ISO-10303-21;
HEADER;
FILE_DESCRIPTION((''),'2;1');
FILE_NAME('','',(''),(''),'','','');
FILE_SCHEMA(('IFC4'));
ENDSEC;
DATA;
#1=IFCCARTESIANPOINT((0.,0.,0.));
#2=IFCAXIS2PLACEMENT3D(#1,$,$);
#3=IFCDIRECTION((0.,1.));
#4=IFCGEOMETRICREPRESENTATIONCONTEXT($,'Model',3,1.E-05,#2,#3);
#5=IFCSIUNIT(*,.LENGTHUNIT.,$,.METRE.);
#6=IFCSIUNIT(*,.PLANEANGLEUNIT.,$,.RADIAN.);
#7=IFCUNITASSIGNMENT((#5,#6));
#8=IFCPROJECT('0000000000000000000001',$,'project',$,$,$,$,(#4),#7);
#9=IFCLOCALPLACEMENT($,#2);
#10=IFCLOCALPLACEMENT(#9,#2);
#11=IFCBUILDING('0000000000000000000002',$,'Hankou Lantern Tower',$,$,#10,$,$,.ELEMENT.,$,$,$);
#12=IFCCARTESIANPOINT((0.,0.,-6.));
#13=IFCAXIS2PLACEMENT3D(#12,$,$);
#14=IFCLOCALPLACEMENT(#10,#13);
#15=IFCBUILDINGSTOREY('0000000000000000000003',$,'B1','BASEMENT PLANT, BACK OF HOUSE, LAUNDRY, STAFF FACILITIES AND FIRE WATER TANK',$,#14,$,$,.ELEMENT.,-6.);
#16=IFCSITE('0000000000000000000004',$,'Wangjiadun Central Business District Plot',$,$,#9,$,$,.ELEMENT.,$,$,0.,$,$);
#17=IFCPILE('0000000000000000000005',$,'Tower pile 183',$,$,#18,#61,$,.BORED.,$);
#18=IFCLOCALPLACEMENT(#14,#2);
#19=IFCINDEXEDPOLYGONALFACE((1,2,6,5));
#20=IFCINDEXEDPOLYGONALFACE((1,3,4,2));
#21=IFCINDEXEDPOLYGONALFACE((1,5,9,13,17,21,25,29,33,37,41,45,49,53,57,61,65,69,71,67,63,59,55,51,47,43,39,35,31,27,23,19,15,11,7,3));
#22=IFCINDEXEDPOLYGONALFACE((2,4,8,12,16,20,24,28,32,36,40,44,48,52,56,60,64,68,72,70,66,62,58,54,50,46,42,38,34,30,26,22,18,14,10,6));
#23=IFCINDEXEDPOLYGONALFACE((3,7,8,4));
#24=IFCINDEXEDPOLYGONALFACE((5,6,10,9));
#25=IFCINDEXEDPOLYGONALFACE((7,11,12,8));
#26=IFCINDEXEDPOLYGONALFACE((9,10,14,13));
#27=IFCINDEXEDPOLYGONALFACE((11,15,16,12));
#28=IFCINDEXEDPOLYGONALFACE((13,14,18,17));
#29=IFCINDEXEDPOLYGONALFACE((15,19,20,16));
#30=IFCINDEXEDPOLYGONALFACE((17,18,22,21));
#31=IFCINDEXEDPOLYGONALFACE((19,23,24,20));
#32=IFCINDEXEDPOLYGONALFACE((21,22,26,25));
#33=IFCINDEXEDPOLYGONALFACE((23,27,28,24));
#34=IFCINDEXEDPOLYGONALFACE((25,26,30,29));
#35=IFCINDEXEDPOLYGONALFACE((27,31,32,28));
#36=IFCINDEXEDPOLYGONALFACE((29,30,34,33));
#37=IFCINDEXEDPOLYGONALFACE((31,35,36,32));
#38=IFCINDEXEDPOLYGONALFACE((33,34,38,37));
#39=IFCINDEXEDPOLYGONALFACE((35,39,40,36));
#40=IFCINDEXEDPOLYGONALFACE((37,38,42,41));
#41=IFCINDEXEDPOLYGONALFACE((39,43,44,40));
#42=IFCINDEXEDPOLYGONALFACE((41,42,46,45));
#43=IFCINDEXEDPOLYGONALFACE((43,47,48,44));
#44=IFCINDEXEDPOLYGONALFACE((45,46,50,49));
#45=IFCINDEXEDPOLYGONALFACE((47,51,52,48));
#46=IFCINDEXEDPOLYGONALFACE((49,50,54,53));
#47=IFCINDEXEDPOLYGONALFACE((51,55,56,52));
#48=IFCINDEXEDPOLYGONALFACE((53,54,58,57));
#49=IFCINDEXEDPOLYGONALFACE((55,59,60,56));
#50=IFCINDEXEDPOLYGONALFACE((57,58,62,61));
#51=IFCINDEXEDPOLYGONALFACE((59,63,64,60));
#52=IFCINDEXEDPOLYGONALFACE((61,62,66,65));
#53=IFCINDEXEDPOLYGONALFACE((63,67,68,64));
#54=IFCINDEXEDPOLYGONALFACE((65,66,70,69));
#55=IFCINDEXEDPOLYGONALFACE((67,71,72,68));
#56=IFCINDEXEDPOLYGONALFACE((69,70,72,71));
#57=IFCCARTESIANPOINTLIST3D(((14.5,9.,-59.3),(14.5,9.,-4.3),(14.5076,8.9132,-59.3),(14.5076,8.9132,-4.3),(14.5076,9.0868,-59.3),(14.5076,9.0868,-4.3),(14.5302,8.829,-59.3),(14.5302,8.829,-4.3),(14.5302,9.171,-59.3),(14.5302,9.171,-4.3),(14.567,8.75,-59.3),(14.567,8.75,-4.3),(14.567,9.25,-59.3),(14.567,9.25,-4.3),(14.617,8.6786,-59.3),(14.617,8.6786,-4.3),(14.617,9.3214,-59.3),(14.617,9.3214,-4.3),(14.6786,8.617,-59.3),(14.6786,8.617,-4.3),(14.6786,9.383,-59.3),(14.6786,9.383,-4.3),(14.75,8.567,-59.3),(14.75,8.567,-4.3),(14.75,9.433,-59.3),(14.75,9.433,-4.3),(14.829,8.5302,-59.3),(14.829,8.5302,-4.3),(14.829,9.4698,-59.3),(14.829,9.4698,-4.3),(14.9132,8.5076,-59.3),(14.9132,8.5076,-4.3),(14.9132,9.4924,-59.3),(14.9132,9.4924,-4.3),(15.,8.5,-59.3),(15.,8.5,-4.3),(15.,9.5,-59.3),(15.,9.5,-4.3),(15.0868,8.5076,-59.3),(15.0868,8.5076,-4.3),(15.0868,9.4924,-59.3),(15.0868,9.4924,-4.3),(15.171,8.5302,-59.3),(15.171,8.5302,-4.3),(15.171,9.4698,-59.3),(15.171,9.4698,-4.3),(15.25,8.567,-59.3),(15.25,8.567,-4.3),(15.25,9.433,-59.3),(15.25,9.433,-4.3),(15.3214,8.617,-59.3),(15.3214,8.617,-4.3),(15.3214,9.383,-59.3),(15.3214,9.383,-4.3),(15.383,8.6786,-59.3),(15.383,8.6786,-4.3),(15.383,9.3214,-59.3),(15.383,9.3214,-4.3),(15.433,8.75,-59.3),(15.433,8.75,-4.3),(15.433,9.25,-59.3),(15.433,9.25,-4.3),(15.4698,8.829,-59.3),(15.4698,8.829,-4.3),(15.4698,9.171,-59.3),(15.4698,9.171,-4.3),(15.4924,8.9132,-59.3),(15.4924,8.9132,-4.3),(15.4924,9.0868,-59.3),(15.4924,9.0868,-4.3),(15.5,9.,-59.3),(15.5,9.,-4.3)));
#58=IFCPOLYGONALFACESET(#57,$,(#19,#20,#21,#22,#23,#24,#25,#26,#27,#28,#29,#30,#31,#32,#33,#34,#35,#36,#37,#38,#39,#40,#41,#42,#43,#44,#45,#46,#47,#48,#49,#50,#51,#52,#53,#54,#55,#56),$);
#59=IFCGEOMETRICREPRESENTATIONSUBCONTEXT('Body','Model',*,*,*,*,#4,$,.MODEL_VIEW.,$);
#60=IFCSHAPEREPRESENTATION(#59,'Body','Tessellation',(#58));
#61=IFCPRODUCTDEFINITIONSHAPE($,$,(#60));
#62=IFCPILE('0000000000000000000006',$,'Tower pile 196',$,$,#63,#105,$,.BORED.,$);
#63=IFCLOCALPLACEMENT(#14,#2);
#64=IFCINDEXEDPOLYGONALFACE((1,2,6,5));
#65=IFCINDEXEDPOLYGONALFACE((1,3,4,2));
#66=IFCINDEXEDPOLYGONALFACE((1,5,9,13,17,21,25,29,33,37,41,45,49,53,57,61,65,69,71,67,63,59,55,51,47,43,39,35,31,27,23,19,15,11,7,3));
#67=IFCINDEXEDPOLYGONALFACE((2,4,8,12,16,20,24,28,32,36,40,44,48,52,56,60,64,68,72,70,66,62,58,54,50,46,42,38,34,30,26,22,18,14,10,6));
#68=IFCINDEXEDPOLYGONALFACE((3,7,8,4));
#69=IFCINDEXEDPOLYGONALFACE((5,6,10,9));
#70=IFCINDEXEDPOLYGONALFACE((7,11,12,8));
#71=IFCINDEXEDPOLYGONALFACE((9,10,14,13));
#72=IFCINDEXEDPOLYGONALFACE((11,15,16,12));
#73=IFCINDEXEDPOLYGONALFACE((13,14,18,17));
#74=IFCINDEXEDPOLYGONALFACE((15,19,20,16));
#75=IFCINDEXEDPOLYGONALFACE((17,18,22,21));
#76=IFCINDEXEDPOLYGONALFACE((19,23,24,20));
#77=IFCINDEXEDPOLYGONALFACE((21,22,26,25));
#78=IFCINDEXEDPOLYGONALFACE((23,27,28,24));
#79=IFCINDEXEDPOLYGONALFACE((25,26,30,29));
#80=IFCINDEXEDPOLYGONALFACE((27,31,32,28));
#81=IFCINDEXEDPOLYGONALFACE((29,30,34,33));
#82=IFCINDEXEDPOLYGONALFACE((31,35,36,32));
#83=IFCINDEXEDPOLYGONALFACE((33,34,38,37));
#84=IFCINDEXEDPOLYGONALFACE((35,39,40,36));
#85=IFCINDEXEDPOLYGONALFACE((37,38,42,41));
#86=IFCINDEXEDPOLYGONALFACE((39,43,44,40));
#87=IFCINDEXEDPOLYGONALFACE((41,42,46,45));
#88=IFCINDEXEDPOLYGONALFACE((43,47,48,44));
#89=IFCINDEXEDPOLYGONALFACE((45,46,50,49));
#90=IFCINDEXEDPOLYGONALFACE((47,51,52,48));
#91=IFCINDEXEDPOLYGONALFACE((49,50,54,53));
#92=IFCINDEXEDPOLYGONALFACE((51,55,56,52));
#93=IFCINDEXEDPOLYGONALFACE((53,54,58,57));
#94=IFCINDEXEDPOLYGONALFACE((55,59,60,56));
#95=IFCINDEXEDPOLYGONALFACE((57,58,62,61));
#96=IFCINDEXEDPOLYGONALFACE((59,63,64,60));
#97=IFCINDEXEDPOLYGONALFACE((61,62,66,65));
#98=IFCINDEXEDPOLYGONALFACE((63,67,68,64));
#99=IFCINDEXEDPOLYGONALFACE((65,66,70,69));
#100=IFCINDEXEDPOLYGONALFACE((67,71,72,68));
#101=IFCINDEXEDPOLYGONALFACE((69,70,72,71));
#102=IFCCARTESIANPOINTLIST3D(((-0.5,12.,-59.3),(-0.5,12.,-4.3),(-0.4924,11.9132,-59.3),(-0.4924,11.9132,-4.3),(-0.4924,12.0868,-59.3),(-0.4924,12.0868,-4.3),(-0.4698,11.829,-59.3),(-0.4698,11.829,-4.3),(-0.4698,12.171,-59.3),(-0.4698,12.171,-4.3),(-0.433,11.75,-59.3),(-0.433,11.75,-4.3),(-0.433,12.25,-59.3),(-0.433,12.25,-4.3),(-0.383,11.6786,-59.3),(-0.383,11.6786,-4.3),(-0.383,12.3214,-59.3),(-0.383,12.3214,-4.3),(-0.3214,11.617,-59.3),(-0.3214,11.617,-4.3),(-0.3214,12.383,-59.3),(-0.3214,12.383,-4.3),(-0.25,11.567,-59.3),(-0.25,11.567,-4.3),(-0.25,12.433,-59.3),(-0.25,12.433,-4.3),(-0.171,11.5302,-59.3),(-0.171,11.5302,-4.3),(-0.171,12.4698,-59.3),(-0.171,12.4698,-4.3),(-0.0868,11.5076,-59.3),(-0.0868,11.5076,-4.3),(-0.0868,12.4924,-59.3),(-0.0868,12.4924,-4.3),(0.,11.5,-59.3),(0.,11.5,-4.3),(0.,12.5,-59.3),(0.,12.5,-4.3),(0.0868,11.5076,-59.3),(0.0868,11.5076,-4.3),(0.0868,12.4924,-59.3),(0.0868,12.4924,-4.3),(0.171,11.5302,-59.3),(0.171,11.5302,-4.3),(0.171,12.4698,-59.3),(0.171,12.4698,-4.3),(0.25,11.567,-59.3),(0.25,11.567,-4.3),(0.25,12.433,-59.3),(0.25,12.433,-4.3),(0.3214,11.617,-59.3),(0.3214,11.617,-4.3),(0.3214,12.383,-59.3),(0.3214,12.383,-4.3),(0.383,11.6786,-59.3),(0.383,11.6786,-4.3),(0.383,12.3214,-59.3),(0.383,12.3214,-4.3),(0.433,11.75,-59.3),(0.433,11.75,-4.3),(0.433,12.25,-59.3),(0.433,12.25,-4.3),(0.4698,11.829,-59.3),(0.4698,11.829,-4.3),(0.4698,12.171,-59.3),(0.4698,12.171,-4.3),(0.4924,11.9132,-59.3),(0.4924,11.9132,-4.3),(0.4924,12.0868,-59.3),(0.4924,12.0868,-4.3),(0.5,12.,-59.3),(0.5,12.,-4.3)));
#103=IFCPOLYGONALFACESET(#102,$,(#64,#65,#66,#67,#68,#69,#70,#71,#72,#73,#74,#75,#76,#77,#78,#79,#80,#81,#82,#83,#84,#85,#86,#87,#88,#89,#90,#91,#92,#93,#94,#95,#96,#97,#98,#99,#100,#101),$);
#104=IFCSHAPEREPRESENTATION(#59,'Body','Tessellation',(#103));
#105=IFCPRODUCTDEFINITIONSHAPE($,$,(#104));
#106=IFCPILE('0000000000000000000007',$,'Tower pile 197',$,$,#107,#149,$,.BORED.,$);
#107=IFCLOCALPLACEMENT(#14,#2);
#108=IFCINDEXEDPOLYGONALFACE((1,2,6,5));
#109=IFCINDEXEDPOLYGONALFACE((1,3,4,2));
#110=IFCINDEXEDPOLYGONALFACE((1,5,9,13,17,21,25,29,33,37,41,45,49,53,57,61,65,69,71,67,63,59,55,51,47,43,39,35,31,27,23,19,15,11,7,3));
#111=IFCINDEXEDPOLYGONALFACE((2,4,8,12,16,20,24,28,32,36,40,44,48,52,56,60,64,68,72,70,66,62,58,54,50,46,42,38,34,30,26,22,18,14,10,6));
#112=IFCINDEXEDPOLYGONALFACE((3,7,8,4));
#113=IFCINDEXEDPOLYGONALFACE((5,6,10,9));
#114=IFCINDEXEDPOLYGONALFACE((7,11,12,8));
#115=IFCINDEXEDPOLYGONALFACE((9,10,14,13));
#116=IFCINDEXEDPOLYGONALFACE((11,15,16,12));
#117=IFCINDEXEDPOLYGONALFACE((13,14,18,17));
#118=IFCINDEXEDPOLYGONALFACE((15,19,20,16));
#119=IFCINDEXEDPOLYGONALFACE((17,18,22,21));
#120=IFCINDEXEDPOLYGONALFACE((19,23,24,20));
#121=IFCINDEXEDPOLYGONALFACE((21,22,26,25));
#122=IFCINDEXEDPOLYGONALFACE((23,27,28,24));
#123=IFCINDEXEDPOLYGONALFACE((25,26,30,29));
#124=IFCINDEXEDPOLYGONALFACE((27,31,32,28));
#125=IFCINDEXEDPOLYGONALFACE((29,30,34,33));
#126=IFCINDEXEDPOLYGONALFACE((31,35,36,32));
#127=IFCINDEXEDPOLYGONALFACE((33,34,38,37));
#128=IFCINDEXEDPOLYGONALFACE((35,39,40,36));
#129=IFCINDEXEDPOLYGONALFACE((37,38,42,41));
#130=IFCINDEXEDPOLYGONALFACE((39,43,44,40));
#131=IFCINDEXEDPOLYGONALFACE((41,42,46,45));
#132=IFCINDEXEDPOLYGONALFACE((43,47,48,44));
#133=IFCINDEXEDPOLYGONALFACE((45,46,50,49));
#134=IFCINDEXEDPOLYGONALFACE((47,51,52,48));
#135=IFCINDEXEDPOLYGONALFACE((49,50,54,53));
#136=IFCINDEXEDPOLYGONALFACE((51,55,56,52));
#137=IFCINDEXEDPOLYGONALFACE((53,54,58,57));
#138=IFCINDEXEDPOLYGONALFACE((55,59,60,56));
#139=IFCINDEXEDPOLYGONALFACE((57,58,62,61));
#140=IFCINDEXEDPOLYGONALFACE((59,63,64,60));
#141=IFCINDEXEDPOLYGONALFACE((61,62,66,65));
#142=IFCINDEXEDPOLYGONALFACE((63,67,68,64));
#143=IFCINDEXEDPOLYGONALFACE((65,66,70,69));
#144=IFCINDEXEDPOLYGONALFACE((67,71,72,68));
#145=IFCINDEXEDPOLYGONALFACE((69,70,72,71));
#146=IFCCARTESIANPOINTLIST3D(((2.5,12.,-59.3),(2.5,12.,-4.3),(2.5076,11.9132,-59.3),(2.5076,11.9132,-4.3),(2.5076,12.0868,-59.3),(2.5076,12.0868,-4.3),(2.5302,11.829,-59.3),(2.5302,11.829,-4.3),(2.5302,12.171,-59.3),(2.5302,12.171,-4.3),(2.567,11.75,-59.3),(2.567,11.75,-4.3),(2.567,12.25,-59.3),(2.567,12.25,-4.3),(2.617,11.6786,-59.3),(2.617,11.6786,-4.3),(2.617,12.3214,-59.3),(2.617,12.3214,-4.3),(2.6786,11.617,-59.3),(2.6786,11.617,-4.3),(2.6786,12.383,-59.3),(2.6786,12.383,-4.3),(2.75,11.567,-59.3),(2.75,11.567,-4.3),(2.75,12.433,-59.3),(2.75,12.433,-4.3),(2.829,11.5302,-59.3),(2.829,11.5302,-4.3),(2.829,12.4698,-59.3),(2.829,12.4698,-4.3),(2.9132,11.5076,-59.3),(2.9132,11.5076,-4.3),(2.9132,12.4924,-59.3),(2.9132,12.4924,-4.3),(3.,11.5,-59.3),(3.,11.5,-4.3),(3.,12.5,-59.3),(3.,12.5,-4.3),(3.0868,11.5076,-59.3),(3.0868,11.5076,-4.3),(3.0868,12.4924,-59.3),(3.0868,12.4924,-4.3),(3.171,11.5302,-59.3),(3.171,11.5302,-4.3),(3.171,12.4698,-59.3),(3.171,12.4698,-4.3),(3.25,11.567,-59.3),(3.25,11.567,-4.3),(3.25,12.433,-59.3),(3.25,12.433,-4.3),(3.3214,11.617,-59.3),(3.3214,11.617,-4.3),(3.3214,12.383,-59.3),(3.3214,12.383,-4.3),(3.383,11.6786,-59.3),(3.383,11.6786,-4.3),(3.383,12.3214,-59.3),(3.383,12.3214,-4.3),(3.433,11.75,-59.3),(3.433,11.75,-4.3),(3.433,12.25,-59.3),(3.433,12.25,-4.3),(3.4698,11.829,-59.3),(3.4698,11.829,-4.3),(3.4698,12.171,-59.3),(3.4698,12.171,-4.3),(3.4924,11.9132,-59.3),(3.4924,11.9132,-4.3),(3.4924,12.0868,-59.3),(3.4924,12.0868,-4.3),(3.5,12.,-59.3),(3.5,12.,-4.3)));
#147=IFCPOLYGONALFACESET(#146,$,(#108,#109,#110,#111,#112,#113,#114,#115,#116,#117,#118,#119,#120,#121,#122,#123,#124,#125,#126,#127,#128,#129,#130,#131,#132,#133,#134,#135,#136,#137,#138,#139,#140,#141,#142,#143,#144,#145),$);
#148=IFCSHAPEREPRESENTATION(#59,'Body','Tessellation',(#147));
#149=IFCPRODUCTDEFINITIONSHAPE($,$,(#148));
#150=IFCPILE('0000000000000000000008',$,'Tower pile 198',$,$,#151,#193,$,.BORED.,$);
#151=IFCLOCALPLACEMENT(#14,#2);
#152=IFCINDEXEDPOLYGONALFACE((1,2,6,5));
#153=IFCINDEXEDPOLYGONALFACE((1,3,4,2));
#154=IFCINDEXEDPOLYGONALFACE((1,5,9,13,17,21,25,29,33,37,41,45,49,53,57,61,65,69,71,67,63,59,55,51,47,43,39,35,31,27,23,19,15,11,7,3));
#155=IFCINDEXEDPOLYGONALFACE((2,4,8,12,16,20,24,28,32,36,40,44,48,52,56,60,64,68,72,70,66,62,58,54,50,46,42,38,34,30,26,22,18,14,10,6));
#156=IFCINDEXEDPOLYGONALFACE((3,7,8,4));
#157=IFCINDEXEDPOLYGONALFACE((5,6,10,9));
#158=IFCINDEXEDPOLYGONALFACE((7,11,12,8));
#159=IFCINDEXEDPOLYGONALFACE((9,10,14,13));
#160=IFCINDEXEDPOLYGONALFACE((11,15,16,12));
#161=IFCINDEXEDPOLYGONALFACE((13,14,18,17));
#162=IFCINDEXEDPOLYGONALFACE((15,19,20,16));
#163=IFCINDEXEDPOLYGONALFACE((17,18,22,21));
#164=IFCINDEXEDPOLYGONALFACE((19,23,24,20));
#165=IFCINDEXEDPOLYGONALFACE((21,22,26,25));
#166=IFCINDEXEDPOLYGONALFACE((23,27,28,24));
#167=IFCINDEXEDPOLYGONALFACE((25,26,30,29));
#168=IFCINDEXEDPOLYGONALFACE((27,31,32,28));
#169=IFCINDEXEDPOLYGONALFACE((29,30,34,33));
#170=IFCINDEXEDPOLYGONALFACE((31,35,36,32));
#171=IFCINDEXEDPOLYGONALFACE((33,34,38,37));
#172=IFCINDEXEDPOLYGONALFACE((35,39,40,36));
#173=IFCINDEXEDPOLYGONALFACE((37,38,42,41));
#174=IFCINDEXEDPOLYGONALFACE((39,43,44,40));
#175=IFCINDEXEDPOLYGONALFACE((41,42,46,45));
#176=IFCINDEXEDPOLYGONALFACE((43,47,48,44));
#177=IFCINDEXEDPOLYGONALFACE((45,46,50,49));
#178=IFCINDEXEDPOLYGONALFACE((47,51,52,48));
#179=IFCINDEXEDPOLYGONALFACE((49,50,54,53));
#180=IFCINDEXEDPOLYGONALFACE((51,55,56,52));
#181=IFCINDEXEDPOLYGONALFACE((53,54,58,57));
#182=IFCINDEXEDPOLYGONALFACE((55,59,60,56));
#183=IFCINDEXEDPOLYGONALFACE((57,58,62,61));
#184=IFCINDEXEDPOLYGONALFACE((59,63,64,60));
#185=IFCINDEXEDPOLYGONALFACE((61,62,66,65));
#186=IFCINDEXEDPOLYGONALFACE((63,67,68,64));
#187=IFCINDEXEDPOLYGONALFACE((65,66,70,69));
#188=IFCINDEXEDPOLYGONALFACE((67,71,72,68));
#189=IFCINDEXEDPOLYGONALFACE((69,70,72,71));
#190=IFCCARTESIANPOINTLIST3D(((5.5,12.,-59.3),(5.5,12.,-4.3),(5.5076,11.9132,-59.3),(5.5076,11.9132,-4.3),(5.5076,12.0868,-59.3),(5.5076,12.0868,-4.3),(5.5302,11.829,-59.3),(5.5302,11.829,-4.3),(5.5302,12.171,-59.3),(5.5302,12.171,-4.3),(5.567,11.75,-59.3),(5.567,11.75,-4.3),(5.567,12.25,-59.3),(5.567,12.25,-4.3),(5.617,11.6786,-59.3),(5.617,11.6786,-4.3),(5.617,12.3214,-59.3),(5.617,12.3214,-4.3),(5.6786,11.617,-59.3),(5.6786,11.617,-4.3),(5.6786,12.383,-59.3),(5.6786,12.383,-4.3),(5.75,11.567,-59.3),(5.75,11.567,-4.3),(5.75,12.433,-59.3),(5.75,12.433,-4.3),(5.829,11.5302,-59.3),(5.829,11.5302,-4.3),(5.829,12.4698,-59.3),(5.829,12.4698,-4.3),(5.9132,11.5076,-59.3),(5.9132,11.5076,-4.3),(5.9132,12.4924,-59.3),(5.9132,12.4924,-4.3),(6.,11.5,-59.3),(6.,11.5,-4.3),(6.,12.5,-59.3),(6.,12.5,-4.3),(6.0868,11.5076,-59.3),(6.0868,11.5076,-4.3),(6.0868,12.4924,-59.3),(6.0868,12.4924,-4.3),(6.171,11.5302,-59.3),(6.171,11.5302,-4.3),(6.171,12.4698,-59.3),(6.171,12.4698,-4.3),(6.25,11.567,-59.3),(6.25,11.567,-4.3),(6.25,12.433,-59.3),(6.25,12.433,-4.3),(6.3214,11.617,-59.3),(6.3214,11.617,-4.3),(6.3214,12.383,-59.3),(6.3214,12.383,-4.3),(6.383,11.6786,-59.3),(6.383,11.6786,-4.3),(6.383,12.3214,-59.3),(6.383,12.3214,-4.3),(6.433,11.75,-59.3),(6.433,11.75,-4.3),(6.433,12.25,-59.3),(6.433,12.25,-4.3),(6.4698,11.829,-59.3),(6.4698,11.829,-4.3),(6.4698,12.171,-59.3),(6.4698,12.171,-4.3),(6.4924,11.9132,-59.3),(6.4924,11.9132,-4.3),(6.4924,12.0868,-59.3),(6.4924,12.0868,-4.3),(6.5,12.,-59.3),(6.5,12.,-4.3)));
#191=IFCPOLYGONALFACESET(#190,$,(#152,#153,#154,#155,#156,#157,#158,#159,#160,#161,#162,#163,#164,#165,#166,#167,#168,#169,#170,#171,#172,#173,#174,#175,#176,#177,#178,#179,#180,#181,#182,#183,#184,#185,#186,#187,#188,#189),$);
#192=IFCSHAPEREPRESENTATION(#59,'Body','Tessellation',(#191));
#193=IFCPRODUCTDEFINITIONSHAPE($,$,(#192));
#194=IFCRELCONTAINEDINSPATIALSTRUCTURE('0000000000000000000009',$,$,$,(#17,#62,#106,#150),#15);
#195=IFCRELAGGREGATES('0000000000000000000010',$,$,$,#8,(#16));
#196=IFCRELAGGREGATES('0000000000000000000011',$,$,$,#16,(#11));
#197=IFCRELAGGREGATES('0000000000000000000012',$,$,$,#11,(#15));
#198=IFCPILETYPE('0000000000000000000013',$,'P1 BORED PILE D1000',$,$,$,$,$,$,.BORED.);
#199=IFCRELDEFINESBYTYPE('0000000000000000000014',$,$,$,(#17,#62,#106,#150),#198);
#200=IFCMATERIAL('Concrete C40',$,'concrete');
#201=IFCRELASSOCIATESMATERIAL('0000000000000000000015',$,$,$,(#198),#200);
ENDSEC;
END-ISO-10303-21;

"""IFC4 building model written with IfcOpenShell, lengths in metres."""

from ifc_helpers import new_model, si_unit, direction, frame, origin, origin_2d, place, context, subcontext, project, spatial, circle, extrude, material, material_profile, profile_set, type_object, element, save


model = new_model("IFC4")

# Units and contexts
model_context = context("Model", 3, precision=1e-05, world=origin(), true_north=direction((0.0, 1.0)))
body_context = subcontext(model_context, "Body", "Model", "MODEL_VIEW")
ifc_project = project(units=[si_unit("LENGTHUNIT", "METRE"), si_unit("PLANEANGLEUNIT", "RADIAN")], contexts=[model_context])

# Site, building, storey
site_placement = place(None, origin())
site = spatial("IfcSite", under=ifc_project, at=site_placement, Name="Wangjiadun Central Business District Plot", CompositionType="ELEMENT", RefElevation=0.0)
building_placement = place(site_placement, origin())
building = spatial("IfcBuilding", under=site, at=building_placement, Name="Hankou Lantern Tower", CompositionType="ELEMENT")
storey_placement = place(building_placement, frame((0.0, 0.0, -6.0)))
storey = spatial("IfcBuildingStorey", under=building, at=storey_placement, Name="B1", Description="BASEMENT PLANT, BACK OF HOUSE, LAUNDRY, STAFF FACILITIES AND FIRE WATER TANK", CompositionType="ELEMENT", Elevation=-6.0)

# Piles
ifc_material_1 = material(Name="Concrete C40", Category="concrete")
ifc_material_profile_1 = material_profile(ifc_material_1, circle(Radius=0.5, at=origin_2d()), Name="RC D1000")
ifc_profile_set_1 = profile_set([ifc_material_profile_1], Name="Concrete C40")
pile_type = type_object("IfcPileType", Name="P1 BORED PILE D1000", PredefinedType="BORED", material=ifc_profile_set_1)
for number, where, z_axis, x_axis, name in (
    (1, (15.0, 9.0, -4.3), (0.0, 0.0, -1.0), (1.0, 0.0, 0.0), "Tower pile 183"),
    (2, (0.0, 12.0, -4.3), (0.0, 0.0, -1.0), (1.0, 0.0, 0.0), "Tower pile 196"),
    (3, (3.0, 12.0, -4.3), (0.0, 0.0, -1.0), (1.0, 0.0, 0.0), "Tower pile 197"),
    (4, (6.0, 12.0, -4.3), (0.0, 0.0, -1.0), (1.0, 0.0, 0.0), "Tower pile 198"),
):
    element("IfcPile", number, at=place(storey_placement, frame(where, z_axis=z_axis, x_axis=x_axis)), inside=storey, type_object=pile_type, Name=name, PredefinedType="BORED", context=body_context, shape_type="SweptSolid", body=[
        extrude(circle(Radius=0.5, at=origin_2d()), origin(), (0.0, 0.0, 1.0), 55.0),
    ])

save(model, "model.ifc")
